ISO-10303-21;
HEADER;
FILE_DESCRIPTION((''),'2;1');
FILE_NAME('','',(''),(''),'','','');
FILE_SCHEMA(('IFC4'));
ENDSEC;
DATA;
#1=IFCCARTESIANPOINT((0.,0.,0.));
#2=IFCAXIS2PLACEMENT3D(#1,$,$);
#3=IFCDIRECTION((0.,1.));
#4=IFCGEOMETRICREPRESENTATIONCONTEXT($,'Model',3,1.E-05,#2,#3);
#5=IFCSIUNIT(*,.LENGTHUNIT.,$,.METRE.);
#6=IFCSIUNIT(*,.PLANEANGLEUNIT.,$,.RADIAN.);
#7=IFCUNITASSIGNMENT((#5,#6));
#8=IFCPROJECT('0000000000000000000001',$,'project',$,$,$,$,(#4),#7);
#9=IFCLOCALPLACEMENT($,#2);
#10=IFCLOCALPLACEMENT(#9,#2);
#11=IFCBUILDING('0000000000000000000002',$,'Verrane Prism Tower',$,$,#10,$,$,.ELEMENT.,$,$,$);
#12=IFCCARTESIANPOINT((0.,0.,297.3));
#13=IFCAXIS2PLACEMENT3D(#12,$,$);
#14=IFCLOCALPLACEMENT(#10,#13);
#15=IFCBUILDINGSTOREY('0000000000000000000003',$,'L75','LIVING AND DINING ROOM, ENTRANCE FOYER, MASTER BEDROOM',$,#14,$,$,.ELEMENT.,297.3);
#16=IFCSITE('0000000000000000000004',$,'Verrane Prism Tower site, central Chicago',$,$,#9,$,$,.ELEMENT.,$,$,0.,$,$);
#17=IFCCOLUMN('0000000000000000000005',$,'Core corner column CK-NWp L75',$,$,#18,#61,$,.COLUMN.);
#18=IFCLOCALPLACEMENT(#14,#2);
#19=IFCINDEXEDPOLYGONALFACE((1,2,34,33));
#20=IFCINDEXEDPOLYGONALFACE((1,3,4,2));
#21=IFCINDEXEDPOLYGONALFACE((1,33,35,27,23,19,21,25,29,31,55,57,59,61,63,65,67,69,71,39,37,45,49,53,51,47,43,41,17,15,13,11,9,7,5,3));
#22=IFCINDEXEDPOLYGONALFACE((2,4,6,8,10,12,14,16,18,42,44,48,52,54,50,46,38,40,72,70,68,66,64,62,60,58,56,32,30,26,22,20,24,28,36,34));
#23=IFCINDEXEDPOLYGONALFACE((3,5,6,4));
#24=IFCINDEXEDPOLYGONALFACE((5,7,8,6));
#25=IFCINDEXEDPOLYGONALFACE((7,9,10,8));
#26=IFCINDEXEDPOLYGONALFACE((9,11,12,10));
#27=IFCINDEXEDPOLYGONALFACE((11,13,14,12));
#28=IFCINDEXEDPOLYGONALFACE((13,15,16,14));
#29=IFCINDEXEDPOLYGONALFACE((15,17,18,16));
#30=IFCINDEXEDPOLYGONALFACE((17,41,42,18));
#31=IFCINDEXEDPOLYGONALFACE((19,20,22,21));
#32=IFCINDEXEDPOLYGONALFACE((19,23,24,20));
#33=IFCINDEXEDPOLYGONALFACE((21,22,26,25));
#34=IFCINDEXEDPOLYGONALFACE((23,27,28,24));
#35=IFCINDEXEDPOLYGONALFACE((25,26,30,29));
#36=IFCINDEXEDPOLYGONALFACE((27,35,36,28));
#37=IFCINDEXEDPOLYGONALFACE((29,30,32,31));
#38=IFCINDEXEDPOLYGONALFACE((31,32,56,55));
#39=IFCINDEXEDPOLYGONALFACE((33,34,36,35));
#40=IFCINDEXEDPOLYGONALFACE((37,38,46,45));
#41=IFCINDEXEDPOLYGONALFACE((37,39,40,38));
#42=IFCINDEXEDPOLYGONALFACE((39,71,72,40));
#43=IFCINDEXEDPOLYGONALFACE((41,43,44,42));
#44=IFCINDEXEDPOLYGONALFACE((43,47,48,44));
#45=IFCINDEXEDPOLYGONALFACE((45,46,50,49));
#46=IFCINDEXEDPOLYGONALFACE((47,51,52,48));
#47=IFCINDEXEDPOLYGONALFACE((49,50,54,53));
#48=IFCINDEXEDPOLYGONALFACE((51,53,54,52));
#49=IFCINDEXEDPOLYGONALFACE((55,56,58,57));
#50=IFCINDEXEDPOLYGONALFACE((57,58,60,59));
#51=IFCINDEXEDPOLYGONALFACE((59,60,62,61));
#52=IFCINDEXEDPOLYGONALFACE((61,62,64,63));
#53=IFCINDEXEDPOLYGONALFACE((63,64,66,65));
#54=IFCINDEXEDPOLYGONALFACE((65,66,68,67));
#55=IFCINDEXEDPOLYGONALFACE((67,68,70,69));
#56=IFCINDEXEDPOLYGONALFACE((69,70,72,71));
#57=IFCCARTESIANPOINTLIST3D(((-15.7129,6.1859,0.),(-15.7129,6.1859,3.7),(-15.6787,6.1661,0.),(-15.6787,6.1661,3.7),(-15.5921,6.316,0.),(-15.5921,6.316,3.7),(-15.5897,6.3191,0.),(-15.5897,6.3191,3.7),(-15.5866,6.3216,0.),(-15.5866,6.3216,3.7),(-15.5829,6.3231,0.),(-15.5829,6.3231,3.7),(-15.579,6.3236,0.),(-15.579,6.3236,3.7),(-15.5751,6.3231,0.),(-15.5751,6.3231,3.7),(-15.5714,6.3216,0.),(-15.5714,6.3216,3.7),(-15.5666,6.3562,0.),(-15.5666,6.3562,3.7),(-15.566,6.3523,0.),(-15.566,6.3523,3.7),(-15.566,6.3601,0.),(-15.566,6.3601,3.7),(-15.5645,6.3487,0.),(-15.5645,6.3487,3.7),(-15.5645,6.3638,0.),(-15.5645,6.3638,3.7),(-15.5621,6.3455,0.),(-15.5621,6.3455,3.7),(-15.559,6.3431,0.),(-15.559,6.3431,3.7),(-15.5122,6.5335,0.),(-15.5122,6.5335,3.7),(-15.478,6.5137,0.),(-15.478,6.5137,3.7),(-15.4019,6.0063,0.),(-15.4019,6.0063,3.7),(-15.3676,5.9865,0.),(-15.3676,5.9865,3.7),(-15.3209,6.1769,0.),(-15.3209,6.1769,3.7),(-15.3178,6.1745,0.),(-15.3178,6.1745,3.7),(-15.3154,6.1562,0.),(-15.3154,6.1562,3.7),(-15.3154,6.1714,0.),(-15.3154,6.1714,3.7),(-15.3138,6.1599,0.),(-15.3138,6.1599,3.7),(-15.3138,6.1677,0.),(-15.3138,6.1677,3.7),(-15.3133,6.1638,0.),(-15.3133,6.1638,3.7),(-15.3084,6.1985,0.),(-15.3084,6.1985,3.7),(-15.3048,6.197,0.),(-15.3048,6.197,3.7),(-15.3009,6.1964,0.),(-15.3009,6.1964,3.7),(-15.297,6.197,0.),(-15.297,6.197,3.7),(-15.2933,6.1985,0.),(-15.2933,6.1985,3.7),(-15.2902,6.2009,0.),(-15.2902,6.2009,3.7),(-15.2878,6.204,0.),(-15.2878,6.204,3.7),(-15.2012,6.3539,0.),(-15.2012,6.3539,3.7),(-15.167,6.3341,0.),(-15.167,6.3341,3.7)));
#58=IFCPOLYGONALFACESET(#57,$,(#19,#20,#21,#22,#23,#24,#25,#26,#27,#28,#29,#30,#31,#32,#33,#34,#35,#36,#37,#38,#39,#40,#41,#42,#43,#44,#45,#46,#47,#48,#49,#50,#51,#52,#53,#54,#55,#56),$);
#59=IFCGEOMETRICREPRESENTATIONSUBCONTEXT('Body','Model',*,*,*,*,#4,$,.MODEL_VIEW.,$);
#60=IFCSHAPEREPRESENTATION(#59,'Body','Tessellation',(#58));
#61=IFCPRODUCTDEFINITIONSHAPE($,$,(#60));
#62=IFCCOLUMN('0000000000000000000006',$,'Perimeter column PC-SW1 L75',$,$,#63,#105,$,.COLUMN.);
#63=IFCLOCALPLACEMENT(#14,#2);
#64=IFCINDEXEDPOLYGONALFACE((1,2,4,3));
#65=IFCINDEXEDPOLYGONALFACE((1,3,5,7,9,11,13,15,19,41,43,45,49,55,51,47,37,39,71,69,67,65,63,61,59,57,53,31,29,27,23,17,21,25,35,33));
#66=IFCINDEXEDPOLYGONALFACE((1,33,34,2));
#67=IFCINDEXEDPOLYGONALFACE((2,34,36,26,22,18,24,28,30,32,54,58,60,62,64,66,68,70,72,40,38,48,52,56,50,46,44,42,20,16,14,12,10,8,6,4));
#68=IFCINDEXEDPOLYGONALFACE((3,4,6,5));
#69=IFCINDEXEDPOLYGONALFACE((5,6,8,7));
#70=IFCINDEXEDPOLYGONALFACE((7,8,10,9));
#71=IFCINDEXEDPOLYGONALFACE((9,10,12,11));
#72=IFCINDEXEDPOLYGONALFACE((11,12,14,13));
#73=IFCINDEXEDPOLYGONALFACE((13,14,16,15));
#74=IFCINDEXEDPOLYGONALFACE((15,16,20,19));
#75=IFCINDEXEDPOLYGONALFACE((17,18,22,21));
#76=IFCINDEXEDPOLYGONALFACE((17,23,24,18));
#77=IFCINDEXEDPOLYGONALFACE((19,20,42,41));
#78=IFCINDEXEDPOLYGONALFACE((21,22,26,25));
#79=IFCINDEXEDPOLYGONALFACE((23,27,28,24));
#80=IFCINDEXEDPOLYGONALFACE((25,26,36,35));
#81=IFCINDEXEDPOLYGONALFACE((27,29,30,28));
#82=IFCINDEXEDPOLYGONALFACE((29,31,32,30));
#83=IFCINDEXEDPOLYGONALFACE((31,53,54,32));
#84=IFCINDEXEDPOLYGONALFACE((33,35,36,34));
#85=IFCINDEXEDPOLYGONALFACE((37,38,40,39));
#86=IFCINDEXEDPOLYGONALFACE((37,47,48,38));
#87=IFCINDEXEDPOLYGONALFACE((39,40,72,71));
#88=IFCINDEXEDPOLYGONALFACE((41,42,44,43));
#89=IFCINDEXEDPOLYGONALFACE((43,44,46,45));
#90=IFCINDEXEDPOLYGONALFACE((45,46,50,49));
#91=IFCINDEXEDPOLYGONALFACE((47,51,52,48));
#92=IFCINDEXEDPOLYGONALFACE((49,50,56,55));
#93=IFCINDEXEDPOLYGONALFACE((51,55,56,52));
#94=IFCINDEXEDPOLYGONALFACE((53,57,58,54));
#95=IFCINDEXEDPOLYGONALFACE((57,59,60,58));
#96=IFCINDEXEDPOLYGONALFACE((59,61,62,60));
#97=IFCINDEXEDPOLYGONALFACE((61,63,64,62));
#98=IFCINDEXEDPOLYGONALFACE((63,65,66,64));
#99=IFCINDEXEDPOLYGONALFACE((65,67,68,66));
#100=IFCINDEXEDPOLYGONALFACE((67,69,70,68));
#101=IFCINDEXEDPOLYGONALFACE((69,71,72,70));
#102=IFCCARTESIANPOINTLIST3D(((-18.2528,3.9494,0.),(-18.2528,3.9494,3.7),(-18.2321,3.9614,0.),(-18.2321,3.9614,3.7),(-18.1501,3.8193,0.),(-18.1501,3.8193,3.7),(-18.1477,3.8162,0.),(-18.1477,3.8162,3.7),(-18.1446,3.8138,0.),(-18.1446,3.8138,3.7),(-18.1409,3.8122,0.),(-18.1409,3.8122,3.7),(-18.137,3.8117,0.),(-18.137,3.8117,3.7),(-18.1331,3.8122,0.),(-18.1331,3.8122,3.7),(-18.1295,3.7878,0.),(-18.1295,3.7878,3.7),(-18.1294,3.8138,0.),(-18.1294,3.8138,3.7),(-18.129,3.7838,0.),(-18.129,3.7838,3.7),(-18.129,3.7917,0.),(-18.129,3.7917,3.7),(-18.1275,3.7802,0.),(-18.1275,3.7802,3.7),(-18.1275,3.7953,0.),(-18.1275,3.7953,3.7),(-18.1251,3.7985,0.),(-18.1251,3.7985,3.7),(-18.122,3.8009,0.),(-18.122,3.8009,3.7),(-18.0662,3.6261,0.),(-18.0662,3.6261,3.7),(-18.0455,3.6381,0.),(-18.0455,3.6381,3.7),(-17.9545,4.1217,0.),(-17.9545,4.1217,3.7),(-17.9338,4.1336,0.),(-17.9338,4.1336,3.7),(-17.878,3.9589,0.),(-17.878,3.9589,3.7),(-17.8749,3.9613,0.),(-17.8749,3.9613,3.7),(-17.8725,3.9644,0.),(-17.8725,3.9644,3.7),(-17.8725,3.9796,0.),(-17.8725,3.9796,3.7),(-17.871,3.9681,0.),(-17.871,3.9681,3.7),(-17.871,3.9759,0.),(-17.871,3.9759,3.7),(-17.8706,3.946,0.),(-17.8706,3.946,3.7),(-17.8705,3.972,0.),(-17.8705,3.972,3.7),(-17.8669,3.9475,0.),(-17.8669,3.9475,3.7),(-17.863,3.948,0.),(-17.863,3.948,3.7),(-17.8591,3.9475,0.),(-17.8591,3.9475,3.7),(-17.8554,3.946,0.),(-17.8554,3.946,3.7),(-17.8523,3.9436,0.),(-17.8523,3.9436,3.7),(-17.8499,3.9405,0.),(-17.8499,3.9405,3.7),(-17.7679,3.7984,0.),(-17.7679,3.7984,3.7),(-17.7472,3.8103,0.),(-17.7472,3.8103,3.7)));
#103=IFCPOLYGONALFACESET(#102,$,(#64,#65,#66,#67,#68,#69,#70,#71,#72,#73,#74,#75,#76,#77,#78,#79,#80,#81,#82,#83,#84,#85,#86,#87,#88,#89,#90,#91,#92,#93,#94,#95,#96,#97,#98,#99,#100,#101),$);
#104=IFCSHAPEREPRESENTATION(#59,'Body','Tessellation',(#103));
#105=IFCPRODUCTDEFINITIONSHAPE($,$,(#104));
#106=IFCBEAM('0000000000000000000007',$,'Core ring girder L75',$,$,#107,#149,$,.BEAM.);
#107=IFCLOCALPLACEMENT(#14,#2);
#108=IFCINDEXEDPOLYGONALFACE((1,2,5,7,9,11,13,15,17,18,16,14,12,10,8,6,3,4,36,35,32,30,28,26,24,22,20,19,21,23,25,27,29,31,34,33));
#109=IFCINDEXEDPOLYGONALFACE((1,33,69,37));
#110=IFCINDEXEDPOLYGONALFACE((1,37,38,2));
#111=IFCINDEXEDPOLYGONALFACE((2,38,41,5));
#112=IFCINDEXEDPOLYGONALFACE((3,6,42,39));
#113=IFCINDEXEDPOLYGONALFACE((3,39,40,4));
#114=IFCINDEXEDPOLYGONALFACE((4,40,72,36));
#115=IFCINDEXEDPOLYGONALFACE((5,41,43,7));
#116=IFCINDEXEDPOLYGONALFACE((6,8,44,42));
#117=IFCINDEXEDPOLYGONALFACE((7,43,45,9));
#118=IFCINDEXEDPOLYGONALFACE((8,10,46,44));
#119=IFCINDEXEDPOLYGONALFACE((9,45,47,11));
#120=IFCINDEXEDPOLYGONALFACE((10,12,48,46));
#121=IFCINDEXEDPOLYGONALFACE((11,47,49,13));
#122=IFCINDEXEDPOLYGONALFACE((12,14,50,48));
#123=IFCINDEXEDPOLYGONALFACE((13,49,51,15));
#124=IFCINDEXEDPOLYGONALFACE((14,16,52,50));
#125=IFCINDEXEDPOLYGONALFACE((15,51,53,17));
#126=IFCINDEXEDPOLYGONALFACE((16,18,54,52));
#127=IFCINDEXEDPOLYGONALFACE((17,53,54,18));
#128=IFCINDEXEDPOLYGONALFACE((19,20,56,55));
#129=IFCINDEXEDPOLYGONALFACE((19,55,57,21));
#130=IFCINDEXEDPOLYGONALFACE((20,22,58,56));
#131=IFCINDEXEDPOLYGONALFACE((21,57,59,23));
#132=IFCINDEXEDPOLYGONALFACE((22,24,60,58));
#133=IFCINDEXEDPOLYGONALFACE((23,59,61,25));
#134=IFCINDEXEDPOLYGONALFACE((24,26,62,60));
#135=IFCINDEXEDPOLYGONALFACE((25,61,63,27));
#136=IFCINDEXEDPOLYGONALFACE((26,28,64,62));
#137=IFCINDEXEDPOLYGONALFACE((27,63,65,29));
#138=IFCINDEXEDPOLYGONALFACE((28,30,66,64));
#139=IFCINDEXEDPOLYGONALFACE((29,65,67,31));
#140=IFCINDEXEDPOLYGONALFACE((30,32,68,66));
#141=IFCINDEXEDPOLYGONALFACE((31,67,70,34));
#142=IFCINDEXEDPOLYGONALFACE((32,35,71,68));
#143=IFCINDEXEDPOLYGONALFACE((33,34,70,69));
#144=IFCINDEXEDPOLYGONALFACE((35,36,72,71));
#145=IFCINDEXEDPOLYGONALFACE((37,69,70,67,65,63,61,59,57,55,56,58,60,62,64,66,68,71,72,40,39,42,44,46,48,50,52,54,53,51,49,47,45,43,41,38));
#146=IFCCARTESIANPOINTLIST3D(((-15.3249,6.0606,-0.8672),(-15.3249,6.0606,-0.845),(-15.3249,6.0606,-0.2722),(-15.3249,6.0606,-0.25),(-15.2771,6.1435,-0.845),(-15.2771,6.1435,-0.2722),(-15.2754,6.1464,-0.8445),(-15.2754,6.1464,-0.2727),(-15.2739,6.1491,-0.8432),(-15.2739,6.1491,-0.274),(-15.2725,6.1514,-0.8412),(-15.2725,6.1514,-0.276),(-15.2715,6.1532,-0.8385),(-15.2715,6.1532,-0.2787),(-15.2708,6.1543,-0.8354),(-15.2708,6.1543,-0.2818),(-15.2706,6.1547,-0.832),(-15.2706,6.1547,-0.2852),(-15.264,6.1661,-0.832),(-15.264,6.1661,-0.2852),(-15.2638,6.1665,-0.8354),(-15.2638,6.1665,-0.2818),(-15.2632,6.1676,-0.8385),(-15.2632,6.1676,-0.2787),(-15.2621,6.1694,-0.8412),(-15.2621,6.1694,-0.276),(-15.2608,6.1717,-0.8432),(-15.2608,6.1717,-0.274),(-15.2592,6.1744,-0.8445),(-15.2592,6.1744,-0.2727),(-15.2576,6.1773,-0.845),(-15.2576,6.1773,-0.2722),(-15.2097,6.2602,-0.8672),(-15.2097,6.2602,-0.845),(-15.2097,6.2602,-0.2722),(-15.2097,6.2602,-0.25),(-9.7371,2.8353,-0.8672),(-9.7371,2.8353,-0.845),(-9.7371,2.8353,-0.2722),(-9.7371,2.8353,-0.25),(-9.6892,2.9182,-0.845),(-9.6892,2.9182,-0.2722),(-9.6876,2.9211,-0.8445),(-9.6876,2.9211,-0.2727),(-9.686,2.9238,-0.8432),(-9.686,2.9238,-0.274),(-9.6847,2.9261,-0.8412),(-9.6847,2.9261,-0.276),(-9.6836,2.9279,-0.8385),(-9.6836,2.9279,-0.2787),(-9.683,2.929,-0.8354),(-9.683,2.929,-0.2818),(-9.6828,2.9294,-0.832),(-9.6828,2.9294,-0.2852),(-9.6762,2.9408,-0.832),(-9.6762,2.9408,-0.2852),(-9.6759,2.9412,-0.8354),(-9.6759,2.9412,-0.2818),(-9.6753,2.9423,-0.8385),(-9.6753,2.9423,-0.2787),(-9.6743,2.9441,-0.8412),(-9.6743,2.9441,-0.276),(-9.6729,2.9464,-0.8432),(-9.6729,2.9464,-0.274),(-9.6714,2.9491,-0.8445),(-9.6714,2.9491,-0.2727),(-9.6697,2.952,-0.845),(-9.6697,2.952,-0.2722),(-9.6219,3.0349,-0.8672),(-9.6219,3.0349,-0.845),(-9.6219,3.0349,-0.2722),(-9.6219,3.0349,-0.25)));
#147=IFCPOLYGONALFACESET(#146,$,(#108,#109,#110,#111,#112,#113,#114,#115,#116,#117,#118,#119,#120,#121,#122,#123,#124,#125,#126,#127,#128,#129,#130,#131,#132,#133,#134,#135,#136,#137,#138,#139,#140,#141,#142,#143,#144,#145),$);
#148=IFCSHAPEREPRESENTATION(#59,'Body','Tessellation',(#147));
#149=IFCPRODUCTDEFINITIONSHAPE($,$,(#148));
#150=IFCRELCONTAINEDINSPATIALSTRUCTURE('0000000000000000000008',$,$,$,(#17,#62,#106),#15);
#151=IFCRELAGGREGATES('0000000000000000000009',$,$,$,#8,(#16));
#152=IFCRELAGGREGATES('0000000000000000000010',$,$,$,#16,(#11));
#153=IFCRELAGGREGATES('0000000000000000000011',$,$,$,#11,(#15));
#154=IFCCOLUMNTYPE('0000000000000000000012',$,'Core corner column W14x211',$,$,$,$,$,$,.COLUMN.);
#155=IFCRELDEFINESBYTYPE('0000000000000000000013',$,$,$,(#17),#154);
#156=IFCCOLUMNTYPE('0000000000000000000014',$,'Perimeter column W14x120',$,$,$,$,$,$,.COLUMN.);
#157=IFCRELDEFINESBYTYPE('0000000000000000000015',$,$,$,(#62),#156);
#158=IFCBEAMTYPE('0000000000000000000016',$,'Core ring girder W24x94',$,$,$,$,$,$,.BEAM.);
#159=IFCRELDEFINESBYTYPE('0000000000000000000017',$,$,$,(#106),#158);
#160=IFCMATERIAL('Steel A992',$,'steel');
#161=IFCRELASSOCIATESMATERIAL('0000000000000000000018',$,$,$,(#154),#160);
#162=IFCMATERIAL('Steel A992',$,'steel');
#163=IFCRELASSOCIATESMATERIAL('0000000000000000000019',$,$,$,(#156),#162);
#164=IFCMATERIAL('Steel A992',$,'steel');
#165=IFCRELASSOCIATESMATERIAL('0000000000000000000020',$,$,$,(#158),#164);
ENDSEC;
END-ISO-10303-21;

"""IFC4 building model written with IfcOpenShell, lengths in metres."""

from ifc_helpers import new_model, si_unit, direction, frame, origin, origin_2d, place, context, subcontext, project, spatial, i_section, extrude, material, material_profile, profile_set, type_object, element, save


model = new_model("IFC4")

# Units and contexts
model_context = context("Model", 3, precision=1e-05, world=origin(), true_north=direction((0.0, 1.0)))
body_context = subcontext(model_context, "Body", "Model", "MODEL_VIEW")
ifc_project = project(units=[si_unit("LENGTHUNIT", "METRE"), si_unit("PLANEANGLEUNIT", "RADIAN")], contexts=[model_context])

# Site, building, storey
site_placement = place(None, origin())
site = spatial("IfcSite", under=ifc_project, at=site_placement, Name="Verrane Prism Tower site, central Chicago", CompositionType="ELEMENT", RefElevation=0.0)
building_placement = place(site_placement, origin())
building = spatial("IfcBuilding", under=site, at=building_placement, Name="Verrane Prism Tower", CompositionType="ELEMENT")
storey_placement = place(building_placement, frame((0.0, 0.0, 297.3)))
storey = spatial("IfcBuildingStorey", under=building, at=storey_placement, Name="L75", Description="LIVING AND DINING ROOM, ENTRANCE FOYER, MASTER BEDROOM", CompositionType="ELEMENT", Elevation=297.3)

# Columns
ifc_material_1 = material(Name="Steel A992", Category="steel")
ifc_material_profile_1 = material_profile(ifc_material_1, i_section(OverallWidth=0.4014, OverallDepth=0.3987, WebThickness=0.0249, FlangeThickness=0.0396, FilletRadius=0.0151, at=origin_2d()), Name="W14x211")
ifc_profile_set_1 = profile_set([ifc_material_profile_1], Name="Steel A992")
column_type_1 = type_object("IfcColumnType", Name="Core corner column W14x211", PredefinedType="COLUMN", material=ifc_profile_set_1)
column_1_placement = place(storey_placement, frame((-15.4399, 6.26, 0.0), z_axis=(0.0, 0.0, 1.0), x_axis=(0.5, 0.866025, 0.0)))
element("IfcColumn", 1, at=column_1_placement, inside=storey, type_object=column_type_1, Name="Core corner column CK-NWp L75", PredefinedType="COLUMN", context=body_context, shape_type="SweptSolid", body=[
    extrude(i_section(OverallWidth=0.4014, OverallDepth=0.3987, WebThickness=0.0249, FlangeThickness=0.0396, FilletRadius=0.0151, at=origin_2d()), origin(), (0.0, 0.0, 1.0), 3.7),
])
ifc_material_2 = material(Name="Steel A992", Category="steel")
ifc_material_profile_2 = material_profile(ifc_material_2, i_section(OverallWidth=0.3733, OverallDepth=0.3684, WebThickness=0.0149, FlangeThickness=0.0239, FilletRadius=0.0151, at=origin_2d()), Name="W14x120")
ifc_profile_set_2 = profile_set([ifc_material_profile_2], Name="Steel A992")
column_type_2 = type_object("IfcColumnType", Name="Perimeter column W14x120", PredefinedType="COLUMN", material=ifc_profile_set_2)
column_2_placement = place(storey_placement, frame((-18.0, 3.8799, 0.0), z_axis=(0.0, 0.0, 1.0), x_axis=(-0.5, 0.866025, 0.0)))
element("IfcColumn", 2, at=column_2_placement, inside=storey, type_object=column_type_2, Name="Perimeter column PC-SW1 L75", PredefinedType="COLUMN", context=body_context, shape_type="SweptSolid", body=[
    extrude(i_section(OverallWidth=0.3733, OverallDepth=0.3684, WebThickness=0.0149, FlangeThickness=0.0239, FilletRadius=0.0151, at=origin_2d()), origin(), (0.0, 0.0, 1.0), 3.7),
])

# Beam
ifc_material_3 = material(Name="Steel A992", Category="steel")
ifc_material_profile_3 = material_profile(ifc_material_3, i_section(OverallWidth=0.2305, OverallDepth=0.6172, WebThickness=0.0132, FlangeThickness=0.0222, FilletRadius=0.0129, at=origin_2d()), Name="W24x94")
ifc_profile_set_3 = profile_set([ifc_material_profile_3], Name="Steel A992")
beam_type_1 = type_object("IfcBeamType", Name="Core ring girder W24x94", PredefinedType="BEAM", material=ifc_profile_set_3)
beam_1_placement = place(storey_placement, frame((-15.2673, 6.1604, -0.5586), z_axis=(0.866081, -0.499904, 0.0), x_axis=(0.499904, 0.866081, 0.0)))
element("IfcBeam", 3, at=beam_1_placement, inside=storey, type_object=beam_type_1, Name="Core ring girder L75", PredefinedType="BEAM", context=body_context, shape_type="SweptSolid", body=[
    extrude(i_section(OverallWidth=0.2305, OverallDepth=0.6172, WebThickness=0.0132, FlangeThickness=0.0222, FilletRadius=0.0129, at=origin_2d()), origin(), (0.0, 0.0, 1.0), 6.4519),
])

save(model, "model.ifc")
